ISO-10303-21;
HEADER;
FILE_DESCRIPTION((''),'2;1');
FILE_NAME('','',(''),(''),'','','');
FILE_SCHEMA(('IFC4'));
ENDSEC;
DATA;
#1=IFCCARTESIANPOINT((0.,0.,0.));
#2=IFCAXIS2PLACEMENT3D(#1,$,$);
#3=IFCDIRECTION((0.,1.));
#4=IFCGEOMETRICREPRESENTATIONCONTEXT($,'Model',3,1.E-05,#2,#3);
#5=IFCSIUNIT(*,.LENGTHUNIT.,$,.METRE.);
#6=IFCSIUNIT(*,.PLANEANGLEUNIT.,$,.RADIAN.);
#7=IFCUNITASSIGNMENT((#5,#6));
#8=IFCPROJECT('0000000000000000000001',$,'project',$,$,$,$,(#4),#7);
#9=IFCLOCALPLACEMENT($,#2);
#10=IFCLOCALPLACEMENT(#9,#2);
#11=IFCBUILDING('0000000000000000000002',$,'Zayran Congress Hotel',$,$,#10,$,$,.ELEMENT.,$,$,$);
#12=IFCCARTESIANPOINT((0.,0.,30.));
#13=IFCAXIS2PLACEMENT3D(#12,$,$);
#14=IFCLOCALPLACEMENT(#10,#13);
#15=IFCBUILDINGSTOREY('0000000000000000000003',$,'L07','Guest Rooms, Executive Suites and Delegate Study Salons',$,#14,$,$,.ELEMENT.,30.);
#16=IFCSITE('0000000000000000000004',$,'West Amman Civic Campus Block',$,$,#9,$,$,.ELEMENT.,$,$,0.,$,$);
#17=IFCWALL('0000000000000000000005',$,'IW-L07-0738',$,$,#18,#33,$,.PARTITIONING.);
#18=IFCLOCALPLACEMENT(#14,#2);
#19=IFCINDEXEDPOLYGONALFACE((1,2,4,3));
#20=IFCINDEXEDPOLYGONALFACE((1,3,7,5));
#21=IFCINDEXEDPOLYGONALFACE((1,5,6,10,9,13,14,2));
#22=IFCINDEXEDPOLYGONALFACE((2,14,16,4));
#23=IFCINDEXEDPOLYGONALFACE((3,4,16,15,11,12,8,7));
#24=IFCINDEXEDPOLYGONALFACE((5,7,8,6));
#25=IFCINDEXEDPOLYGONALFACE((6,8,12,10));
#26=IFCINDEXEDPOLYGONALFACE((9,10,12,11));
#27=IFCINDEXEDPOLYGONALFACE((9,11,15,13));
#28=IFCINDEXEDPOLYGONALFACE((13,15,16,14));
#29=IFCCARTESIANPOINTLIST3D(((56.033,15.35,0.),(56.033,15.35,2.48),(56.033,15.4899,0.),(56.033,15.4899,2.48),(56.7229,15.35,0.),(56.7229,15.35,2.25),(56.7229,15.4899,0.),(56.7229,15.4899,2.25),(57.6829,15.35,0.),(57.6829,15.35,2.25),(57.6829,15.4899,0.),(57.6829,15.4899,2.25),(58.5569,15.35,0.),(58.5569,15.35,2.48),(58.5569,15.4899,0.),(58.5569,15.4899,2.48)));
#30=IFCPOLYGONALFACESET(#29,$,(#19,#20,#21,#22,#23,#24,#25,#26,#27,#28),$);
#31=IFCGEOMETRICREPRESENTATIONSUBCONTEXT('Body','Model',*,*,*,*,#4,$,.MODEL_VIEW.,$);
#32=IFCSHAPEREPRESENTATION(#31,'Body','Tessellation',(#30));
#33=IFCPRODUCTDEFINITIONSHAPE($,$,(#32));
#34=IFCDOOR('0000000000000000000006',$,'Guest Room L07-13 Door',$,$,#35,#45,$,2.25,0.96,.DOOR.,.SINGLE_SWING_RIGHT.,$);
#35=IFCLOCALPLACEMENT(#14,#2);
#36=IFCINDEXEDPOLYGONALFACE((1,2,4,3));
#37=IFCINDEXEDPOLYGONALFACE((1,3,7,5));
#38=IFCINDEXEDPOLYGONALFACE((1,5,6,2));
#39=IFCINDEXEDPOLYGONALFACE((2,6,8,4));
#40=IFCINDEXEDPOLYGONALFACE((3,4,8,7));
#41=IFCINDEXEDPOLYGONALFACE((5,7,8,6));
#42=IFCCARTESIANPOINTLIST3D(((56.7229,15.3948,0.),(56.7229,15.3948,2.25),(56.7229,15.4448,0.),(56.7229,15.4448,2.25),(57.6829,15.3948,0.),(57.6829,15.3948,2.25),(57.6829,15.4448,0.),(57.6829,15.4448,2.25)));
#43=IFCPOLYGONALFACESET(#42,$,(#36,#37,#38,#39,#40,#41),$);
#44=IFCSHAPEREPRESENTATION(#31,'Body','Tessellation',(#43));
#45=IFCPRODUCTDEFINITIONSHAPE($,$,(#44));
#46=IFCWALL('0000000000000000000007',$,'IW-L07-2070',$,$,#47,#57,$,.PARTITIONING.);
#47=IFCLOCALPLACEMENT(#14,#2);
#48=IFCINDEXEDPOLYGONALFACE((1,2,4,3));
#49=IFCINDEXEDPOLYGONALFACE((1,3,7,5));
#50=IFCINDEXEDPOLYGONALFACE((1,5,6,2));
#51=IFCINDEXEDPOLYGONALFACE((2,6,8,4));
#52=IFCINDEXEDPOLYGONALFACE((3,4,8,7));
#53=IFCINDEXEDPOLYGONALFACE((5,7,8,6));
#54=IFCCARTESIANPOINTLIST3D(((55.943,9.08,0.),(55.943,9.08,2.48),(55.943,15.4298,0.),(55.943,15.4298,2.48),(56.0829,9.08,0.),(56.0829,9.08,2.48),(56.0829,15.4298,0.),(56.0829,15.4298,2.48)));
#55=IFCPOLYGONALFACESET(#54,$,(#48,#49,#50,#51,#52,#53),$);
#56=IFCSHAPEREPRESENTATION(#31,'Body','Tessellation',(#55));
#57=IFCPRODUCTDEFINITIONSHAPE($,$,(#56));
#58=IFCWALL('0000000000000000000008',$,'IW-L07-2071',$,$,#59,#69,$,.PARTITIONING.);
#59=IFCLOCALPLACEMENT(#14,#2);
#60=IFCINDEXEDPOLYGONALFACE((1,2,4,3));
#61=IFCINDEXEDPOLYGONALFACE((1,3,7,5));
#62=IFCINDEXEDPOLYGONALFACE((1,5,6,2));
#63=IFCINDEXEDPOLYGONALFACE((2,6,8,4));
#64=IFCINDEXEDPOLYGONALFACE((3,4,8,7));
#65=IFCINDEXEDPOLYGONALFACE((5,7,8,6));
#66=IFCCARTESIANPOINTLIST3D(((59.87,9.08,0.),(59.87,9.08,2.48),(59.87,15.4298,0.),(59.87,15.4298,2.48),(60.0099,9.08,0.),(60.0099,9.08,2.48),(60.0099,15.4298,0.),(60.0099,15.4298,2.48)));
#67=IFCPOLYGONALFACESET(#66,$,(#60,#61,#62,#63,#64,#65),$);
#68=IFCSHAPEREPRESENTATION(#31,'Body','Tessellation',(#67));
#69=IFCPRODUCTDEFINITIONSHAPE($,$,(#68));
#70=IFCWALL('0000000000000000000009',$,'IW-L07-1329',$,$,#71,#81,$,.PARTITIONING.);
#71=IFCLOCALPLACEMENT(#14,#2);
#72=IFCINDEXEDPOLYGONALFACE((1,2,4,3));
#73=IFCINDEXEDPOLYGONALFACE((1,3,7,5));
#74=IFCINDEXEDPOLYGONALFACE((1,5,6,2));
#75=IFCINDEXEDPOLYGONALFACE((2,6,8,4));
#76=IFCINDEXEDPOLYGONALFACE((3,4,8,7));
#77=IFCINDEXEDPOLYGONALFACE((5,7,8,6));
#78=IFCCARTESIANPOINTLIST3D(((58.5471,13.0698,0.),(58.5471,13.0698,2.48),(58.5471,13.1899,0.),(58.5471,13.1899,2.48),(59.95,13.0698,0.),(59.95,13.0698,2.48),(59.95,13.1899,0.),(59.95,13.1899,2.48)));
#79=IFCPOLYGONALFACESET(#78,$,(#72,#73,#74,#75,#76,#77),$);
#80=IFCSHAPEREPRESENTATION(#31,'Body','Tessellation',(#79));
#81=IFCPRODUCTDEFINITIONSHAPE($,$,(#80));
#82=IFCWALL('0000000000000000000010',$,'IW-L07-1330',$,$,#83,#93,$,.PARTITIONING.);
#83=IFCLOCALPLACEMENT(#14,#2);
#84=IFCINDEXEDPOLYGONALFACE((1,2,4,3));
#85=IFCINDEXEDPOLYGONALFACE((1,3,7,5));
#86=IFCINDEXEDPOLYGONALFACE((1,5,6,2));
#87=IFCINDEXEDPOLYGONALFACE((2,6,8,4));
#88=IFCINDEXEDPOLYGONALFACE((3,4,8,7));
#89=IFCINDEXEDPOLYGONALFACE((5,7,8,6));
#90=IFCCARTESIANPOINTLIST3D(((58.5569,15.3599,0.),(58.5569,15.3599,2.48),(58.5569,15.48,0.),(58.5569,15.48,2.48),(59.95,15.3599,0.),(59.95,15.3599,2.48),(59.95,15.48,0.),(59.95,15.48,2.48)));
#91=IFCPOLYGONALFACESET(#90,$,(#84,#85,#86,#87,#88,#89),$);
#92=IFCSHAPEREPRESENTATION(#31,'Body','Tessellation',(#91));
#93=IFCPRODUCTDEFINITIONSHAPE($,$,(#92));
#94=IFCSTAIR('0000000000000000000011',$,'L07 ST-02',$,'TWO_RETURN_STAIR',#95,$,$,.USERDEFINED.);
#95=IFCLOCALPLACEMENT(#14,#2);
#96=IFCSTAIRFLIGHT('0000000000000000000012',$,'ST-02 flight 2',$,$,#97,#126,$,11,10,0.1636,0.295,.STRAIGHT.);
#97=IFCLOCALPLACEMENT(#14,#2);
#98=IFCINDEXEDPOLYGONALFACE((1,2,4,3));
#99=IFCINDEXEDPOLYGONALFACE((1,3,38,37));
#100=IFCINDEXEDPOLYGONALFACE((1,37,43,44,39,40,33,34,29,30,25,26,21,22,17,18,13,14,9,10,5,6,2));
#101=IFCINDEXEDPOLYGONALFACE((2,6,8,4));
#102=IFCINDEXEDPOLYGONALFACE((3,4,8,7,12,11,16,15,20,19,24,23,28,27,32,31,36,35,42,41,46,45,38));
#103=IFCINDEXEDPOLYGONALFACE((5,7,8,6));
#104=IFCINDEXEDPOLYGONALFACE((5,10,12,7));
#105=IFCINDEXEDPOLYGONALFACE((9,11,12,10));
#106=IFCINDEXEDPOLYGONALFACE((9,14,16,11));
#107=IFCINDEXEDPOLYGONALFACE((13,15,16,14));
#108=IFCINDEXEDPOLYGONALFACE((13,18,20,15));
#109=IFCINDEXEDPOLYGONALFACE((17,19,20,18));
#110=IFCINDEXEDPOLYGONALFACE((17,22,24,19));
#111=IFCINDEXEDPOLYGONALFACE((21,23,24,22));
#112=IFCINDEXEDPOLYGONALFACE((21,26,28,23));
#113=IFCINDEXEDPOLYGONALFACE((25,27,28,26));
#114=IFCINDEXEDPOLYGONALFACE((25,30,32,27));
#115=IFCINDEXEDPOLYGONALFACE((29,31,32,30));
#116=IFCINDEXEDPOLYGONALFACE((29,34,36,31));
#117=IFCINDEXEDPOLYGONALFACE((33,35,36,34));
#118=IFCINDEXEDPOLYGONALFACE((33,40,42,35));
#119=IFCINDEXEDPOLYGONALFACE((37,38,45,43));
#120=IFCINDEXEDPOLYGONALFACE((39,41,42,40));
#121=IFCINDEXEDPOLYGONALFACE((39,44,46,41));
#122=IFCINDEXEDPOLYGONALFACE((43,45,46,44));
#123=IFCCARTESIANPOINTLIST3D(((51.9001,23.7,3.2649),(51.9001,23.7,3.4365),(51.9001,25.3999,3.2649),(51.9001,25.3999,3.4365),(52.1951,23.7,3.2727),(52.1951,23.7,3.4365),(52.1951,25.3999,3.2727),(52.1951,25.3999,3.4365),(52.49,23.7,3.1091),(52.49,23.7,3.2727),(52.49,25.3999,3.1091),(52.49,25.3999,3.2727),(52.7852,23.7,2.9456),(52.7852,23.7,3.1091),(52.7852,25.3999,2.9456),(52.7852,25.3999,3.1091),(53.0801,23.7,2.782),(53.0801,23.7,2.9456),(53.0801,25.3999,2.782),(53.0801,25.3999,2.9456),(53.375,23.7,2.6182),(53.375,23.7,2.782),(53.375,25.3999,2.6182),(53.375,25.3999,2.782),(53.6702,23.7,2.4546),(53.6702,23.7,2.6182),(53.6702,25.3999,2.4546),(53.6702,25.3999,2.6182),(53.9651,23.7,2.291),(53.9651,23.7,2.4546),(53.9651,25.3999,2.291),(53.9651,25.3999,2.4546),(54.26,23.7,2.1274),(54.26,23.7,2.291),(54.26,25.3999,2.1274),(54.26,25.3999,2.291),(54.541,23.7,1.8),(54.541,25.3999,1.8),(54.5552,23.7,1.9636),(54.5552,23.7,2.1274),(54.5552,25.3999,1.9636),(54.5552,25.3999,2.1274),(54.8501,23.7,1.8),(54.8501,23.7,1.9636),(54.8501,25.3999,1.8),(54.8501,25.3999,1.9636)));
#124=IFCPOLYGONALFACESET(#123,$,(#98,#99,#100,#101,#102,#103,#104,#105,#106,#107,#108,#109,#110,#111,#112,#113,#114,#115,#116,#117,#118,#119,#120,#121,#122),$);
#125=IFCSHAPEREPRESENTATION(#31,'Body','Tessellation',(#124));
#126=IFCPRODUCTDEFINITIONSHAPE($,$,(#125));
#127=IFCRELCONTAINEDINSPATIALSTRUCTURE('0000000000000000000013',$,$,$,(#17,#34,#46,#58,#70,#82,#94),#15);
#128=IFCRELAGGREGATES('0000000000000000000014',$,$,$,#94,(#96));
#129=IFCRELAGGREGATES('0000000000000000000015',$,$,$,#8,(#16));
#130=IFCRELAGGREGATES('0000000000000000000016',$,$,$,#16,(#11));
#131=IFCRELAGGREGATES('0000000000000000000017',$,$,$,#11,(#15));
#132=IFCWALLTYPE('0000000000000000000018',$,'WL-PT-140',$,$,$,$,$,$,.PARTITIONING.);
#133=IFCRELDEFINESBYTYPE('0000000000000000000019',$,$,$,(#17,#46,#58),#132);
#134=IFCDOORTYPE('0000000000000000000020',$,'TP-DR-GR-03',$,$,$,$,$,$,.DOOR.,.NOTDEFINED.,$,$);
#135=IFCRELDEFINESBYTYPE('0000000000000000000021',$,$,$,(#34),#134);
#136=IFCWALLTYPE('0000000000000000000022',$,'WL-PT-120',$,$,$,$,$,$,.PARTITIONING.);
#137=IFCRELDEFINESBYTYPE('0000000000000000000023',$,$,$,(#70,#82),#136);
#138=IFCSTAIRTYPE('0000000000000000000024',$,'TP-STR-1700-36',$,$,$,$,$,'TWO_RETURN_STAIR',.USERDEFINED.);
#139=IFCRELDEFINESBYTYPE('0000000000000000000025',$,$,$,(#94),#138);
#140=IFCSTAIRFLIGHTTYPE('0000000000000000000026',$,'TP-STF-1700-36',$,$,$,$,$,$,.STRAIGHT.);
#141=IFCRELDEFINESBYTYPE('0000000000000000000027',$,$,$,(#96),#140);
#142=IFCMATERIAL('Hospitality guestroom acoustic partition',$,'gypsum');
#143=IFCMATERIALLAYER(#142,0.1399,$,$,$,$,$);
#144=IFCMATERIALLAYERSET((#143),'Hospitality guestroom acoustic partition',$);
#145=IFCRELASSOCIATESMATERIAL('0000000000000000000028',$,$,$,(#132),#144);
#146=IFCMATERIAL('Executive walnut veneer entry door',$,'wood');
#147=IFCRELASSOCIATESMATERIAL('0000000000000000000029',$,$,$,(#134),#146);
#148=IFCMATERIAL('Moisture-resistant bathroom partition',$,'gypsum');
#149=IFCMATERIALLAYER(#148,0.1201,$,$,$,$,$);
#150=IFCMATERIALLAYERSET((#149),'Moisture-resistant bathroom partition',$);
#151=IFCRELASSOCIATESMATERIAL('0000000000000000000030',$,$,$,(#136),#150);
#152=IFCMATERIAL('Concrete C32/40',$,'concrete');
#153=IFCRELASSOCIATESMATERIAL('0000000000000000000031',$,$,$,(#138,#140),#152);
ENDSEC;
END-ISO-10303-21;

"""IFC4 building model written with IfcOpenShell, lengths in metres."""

from ifc_helpers import new_model, si_unit, direction, frame, frame_2d, origin, place, context, subcontext, project, spatial, polyline, rectangle, outline, extrude, material, layer, layer_set, type_object, element, fill, aggregate, save


model = new_model("IFC4")

# Units and contexts
model_context = context("Model", 3, precision=1e-05, world=origin(), true_north=direction((0.0, 1.0)))
body_context = subcontext(model_context, "Body", "Model", "MODEL_VIEW")
ifc_project = project(units=[si_unit("LENGTHUNIT", "METRE"), si_unit("PLANEANGLEUNIT", "RADIAN")], contexts=[model_context])

# Site, building, storey
site_placement = place(None, origin())
site = spatial("IfcSite", under=ifc_project, at=site_placement, Name="West Amman Civic Campus Block", CompositionType="ELEMENT", RefElevation=0.0)
building_placement = place(site_placement, origin())
building = spatial("IfcBuilding", under=site, at=building_placement, Name="Zayran Congress Hotel", CompositionType="ELEMENT")
storey_placement = place(building_placement, frame((0.0, 0.0, 30.0)))
storey = spatial("IfcBuildingStorey", under=building, at=storey_placement, Name="L07", Description="Guest Rooms, Executive Suites and Delegate Study Salons", CompositionType="ELEMENT", Elevation=30.0)

# Shared definitions
ifc_material_1 = material(Name="Hospitality guestroom acoustic partition", Category="gypsum")
ifc_layer_1 = layer(ifc_material_1, 0.1399)
ifc_layer_set_1 = layer_set([ifc_layer_1], Name="Hospitality guestroom acoustic partition")
wall_type_1 = type_object("IfcWallType", Name="WL-PT-140", PredefinedType="PARTITIONING", material=ifc_layer_set_1)

# Wall, opening, door
wall_1_placement = place(storey_placement, frame((56.033, 15.4199, 0.0), z_axis=(0.0, 0.0, 1.0), x_axis=(1.0, 0.0, 0.0)))
wall_1 = element("IfcWall", 1, at=wall_1_placement, inside=storey, type_object=wall_type_1, Name="IW-L07-0738", PredefinedType="PARTITIONING", context=body_context, shape_type="SweptSolid", body=[
    extrude(rectangle(XDim=2.5239, YDim=0.1399, at=frame_2d((1.262, 0.0))), origin(), (0.0, 0.0, 1.0), 2.48),
])
opening_1_placement = place(wall_1_placement, frame((0.6899, 0.0, 0.0)))
opening_1 = element("IfcOpeningElement", 2, at=opening_1_placement, cuts=wall_1, PredefinedType="OPENING", context=body_context, shape_type="SweptSolid", body=[
    extrude(rectangle(XDim=0.96, YDim=2.25, at=frame_2d((0.48, 1.125))), frame((0.0, 0.0798, 0.0), z_axis=(0.0, -1.0, 0.0), x_axis=(1.0, 0.0, 0.0)), (0.0, 0.0, 1.0), 0.1599),
])
ifc_material_2 = material(Name="Executive walnut veneer entry door", Category="wood")
door_type_1 = type_object("IfcDoorType", Name="TP-DR-GR-03", OperationType="NOTDEFINED", PredefinedType="DOOR", material=ifc_material_2)
door_1_placement = place(opening_1_placement, origin())
door_1 = element("IfcDoor", 3, at=door_1_placement, inside=storey, type_object=door_type_1, Name="Guest Room L07-13 Door", OperationType="SINGLE_SWING_RIGHT", OverallHeight=2.25, OverallWidth=0.96, PredefinedType="DOOR", context=body_context, shape_type="SweptSolid", body=[
    extrude(rectangle(XDim=0.96, YDim=2.25, at=frame_2d((0.48, 1.125))), frame((0.0, 0.0249, 0.0), z_axis=(0.0, -1.0, 0.0), x_axis=(1.0, 0.0, 0.0)), (0.0, 0.0, 1.0), 0.05),
])
fill(opening_1, door_1)

# Walls
for number, where, z_axis, x_axis, name in (
    (4, (56.0129, 9.0801, 0.0), (0.0, 0.0, 1.0), (0.0, 1.0, 0.0), "IW-L07-2070"),
    (5, (59.9399, 9.0801, 0.0), (0.0, 0.0, 1.0), (0.0, 1.0, 0.0), "IW-L07-2071"),
):
    element("IfcWall", number, at=place(storey_placement, frame(where, z_axis=z_axis, x_axis=x_axis)), inside=storey, type_object=wall_type_1, Name=name, PredefinedType="PARTITIONING", context=body_context, shape_type="SweptSolid", body=[
        extrude(rectangle(XDim=6.3499, YDim=0.1399, at=frame_2d((3.1748, 0.0))), origin(), (0.0, 0.0, 1.0), 2.48),
    ])

# Shared definitions
ifc_material_3 = material(Name="Moisture-resistant bathroom partition", Category="gypsum")
ifc_layer_2 = layer(ifc_material_3, 0.1201)
ifc_layer_set_2 = layer_set([ifc_layer_2], Name="Moisture-resistant bathroom partition")
wall_type_2 = type_object("IfcWallType", Name="WL-PT-120", PredefinedType="PARTITIONING", material=ifc_layer_set_2)

# Walls
wall_2_placement = place(storey_placement, frame((58.5471, 13.1299, 0.0), z_axis=(0.0, 0.0, 1.0), x_axis=(1.0, 0.0, 0.0)))
element("IfcWall", 6, at=wall_2_placement, inside=storey, type_object=wall_type_2, Name="IW-L07-1329", PredefinedType="PARTITIONING", context=body_context, shape_type="SweptSolid", body=[
    extrude(rectangle(XDim=1.4028, YDim=0.1201, at=frame_2d((0.7014, 0.0))), origin(), (0.0, 0.0, 1.0), 2.48),
])
wall_3_placement = place(storey_placement, frame((58.5569, 15.4199, 0.0), z_axis=(0.0, 0.0, 1.0), x_axis=(1.0, 0.0, 0.0)))
element("IfcWall", 7, at=wall_3_placement, inside=storey, type_object=wall_type_2, Name="IW-L07-1330", PredefinedType="PARTITIONING", context=body_context, shape_type="SweptSolid", body=[
    extrude(rectangle(XDim=1.3931, YDim=0.1201, at=frame_2d((0.6965, 0.0))), origin(), (0.0, 0.0, 1.0), 2.48),
])

# Stair, stair flight
ifc_material_4 = material(Name="Concrete C32/40", Category="concrete")
stair_type = type_object("IfcStairType", Name="TP-STR-1700-36", ElementType="TWO_RETURN_STAIR", PredefinedType="USERDEFINED", material=ifc_material_4)
stair_placement = place(storey_placement, origin())
stair = element("IfcStair", 8, at=stair_placement, inside=storey, type_object=stair_type, Name="L07 ST-02", ObjectType="TWO_RETURN_STAIR", PredefinedType="USERDEFINED")
stair_flight_type = type_object("IfcStairFlightType", Name="TP-STF-1700-36", PredefinedType="STRAIGHT", material=ifc_material_4)
stair_flight_placement = place(storey_placement, frame((54.8501, 24.55, 1.8), z_axis=(0.0, 0.0, 1.0), x_axis=(-1.0, 0.0, 0.0)))
stair_flight = element("IfcStairFlight", 9, at=stair_flight_placement, type_object=stair_flight_type, Name="ST-02 flight 2", NumberOfRisers=11, NumberOfTreads=10, PredefinedType="STRAIGHT", RiserHeight=0.1636, TreadLength=0.295, context=body_context, shape_type="SweptSolid", body=[
    extrude(outline(polyline([(0.0, 0.0), (0.0, 0.1636), (0.2949, 0.1636), (0.2949, 0.3274), (0.5901, 0.3274), (0.5901, 0.491), (0.885, 0.491), (0.885, 0.6545), (1.1799, 0.6545), (1.1799, 0.8181), (1.4751, 0.8181), (1.4751, 0.9819), (1.77, 0.9819), (1.77, 1.1455), (2.0649, 1.1455), (2.0649, 1.3091), (2.3601, 1.3091), (2.3601, 1.4727), (2.655, 1.4727), (2.655, 1.6365), (2.95, 1.6365), (2.95, 1.8), (2.95, 1.4648), (0.3091, 0.0), (0.0, 0.0)])), frame((0.0, 0.8501, 0.0), z_axis=(0.0, -1.0, 0.0), x_axis=(1.0, 0.0, 0.0)), (0.0, 0.0, 1.0), 1.7),
])
aggregate(stair, [stair_flight])

save(model, "model.ifc")
